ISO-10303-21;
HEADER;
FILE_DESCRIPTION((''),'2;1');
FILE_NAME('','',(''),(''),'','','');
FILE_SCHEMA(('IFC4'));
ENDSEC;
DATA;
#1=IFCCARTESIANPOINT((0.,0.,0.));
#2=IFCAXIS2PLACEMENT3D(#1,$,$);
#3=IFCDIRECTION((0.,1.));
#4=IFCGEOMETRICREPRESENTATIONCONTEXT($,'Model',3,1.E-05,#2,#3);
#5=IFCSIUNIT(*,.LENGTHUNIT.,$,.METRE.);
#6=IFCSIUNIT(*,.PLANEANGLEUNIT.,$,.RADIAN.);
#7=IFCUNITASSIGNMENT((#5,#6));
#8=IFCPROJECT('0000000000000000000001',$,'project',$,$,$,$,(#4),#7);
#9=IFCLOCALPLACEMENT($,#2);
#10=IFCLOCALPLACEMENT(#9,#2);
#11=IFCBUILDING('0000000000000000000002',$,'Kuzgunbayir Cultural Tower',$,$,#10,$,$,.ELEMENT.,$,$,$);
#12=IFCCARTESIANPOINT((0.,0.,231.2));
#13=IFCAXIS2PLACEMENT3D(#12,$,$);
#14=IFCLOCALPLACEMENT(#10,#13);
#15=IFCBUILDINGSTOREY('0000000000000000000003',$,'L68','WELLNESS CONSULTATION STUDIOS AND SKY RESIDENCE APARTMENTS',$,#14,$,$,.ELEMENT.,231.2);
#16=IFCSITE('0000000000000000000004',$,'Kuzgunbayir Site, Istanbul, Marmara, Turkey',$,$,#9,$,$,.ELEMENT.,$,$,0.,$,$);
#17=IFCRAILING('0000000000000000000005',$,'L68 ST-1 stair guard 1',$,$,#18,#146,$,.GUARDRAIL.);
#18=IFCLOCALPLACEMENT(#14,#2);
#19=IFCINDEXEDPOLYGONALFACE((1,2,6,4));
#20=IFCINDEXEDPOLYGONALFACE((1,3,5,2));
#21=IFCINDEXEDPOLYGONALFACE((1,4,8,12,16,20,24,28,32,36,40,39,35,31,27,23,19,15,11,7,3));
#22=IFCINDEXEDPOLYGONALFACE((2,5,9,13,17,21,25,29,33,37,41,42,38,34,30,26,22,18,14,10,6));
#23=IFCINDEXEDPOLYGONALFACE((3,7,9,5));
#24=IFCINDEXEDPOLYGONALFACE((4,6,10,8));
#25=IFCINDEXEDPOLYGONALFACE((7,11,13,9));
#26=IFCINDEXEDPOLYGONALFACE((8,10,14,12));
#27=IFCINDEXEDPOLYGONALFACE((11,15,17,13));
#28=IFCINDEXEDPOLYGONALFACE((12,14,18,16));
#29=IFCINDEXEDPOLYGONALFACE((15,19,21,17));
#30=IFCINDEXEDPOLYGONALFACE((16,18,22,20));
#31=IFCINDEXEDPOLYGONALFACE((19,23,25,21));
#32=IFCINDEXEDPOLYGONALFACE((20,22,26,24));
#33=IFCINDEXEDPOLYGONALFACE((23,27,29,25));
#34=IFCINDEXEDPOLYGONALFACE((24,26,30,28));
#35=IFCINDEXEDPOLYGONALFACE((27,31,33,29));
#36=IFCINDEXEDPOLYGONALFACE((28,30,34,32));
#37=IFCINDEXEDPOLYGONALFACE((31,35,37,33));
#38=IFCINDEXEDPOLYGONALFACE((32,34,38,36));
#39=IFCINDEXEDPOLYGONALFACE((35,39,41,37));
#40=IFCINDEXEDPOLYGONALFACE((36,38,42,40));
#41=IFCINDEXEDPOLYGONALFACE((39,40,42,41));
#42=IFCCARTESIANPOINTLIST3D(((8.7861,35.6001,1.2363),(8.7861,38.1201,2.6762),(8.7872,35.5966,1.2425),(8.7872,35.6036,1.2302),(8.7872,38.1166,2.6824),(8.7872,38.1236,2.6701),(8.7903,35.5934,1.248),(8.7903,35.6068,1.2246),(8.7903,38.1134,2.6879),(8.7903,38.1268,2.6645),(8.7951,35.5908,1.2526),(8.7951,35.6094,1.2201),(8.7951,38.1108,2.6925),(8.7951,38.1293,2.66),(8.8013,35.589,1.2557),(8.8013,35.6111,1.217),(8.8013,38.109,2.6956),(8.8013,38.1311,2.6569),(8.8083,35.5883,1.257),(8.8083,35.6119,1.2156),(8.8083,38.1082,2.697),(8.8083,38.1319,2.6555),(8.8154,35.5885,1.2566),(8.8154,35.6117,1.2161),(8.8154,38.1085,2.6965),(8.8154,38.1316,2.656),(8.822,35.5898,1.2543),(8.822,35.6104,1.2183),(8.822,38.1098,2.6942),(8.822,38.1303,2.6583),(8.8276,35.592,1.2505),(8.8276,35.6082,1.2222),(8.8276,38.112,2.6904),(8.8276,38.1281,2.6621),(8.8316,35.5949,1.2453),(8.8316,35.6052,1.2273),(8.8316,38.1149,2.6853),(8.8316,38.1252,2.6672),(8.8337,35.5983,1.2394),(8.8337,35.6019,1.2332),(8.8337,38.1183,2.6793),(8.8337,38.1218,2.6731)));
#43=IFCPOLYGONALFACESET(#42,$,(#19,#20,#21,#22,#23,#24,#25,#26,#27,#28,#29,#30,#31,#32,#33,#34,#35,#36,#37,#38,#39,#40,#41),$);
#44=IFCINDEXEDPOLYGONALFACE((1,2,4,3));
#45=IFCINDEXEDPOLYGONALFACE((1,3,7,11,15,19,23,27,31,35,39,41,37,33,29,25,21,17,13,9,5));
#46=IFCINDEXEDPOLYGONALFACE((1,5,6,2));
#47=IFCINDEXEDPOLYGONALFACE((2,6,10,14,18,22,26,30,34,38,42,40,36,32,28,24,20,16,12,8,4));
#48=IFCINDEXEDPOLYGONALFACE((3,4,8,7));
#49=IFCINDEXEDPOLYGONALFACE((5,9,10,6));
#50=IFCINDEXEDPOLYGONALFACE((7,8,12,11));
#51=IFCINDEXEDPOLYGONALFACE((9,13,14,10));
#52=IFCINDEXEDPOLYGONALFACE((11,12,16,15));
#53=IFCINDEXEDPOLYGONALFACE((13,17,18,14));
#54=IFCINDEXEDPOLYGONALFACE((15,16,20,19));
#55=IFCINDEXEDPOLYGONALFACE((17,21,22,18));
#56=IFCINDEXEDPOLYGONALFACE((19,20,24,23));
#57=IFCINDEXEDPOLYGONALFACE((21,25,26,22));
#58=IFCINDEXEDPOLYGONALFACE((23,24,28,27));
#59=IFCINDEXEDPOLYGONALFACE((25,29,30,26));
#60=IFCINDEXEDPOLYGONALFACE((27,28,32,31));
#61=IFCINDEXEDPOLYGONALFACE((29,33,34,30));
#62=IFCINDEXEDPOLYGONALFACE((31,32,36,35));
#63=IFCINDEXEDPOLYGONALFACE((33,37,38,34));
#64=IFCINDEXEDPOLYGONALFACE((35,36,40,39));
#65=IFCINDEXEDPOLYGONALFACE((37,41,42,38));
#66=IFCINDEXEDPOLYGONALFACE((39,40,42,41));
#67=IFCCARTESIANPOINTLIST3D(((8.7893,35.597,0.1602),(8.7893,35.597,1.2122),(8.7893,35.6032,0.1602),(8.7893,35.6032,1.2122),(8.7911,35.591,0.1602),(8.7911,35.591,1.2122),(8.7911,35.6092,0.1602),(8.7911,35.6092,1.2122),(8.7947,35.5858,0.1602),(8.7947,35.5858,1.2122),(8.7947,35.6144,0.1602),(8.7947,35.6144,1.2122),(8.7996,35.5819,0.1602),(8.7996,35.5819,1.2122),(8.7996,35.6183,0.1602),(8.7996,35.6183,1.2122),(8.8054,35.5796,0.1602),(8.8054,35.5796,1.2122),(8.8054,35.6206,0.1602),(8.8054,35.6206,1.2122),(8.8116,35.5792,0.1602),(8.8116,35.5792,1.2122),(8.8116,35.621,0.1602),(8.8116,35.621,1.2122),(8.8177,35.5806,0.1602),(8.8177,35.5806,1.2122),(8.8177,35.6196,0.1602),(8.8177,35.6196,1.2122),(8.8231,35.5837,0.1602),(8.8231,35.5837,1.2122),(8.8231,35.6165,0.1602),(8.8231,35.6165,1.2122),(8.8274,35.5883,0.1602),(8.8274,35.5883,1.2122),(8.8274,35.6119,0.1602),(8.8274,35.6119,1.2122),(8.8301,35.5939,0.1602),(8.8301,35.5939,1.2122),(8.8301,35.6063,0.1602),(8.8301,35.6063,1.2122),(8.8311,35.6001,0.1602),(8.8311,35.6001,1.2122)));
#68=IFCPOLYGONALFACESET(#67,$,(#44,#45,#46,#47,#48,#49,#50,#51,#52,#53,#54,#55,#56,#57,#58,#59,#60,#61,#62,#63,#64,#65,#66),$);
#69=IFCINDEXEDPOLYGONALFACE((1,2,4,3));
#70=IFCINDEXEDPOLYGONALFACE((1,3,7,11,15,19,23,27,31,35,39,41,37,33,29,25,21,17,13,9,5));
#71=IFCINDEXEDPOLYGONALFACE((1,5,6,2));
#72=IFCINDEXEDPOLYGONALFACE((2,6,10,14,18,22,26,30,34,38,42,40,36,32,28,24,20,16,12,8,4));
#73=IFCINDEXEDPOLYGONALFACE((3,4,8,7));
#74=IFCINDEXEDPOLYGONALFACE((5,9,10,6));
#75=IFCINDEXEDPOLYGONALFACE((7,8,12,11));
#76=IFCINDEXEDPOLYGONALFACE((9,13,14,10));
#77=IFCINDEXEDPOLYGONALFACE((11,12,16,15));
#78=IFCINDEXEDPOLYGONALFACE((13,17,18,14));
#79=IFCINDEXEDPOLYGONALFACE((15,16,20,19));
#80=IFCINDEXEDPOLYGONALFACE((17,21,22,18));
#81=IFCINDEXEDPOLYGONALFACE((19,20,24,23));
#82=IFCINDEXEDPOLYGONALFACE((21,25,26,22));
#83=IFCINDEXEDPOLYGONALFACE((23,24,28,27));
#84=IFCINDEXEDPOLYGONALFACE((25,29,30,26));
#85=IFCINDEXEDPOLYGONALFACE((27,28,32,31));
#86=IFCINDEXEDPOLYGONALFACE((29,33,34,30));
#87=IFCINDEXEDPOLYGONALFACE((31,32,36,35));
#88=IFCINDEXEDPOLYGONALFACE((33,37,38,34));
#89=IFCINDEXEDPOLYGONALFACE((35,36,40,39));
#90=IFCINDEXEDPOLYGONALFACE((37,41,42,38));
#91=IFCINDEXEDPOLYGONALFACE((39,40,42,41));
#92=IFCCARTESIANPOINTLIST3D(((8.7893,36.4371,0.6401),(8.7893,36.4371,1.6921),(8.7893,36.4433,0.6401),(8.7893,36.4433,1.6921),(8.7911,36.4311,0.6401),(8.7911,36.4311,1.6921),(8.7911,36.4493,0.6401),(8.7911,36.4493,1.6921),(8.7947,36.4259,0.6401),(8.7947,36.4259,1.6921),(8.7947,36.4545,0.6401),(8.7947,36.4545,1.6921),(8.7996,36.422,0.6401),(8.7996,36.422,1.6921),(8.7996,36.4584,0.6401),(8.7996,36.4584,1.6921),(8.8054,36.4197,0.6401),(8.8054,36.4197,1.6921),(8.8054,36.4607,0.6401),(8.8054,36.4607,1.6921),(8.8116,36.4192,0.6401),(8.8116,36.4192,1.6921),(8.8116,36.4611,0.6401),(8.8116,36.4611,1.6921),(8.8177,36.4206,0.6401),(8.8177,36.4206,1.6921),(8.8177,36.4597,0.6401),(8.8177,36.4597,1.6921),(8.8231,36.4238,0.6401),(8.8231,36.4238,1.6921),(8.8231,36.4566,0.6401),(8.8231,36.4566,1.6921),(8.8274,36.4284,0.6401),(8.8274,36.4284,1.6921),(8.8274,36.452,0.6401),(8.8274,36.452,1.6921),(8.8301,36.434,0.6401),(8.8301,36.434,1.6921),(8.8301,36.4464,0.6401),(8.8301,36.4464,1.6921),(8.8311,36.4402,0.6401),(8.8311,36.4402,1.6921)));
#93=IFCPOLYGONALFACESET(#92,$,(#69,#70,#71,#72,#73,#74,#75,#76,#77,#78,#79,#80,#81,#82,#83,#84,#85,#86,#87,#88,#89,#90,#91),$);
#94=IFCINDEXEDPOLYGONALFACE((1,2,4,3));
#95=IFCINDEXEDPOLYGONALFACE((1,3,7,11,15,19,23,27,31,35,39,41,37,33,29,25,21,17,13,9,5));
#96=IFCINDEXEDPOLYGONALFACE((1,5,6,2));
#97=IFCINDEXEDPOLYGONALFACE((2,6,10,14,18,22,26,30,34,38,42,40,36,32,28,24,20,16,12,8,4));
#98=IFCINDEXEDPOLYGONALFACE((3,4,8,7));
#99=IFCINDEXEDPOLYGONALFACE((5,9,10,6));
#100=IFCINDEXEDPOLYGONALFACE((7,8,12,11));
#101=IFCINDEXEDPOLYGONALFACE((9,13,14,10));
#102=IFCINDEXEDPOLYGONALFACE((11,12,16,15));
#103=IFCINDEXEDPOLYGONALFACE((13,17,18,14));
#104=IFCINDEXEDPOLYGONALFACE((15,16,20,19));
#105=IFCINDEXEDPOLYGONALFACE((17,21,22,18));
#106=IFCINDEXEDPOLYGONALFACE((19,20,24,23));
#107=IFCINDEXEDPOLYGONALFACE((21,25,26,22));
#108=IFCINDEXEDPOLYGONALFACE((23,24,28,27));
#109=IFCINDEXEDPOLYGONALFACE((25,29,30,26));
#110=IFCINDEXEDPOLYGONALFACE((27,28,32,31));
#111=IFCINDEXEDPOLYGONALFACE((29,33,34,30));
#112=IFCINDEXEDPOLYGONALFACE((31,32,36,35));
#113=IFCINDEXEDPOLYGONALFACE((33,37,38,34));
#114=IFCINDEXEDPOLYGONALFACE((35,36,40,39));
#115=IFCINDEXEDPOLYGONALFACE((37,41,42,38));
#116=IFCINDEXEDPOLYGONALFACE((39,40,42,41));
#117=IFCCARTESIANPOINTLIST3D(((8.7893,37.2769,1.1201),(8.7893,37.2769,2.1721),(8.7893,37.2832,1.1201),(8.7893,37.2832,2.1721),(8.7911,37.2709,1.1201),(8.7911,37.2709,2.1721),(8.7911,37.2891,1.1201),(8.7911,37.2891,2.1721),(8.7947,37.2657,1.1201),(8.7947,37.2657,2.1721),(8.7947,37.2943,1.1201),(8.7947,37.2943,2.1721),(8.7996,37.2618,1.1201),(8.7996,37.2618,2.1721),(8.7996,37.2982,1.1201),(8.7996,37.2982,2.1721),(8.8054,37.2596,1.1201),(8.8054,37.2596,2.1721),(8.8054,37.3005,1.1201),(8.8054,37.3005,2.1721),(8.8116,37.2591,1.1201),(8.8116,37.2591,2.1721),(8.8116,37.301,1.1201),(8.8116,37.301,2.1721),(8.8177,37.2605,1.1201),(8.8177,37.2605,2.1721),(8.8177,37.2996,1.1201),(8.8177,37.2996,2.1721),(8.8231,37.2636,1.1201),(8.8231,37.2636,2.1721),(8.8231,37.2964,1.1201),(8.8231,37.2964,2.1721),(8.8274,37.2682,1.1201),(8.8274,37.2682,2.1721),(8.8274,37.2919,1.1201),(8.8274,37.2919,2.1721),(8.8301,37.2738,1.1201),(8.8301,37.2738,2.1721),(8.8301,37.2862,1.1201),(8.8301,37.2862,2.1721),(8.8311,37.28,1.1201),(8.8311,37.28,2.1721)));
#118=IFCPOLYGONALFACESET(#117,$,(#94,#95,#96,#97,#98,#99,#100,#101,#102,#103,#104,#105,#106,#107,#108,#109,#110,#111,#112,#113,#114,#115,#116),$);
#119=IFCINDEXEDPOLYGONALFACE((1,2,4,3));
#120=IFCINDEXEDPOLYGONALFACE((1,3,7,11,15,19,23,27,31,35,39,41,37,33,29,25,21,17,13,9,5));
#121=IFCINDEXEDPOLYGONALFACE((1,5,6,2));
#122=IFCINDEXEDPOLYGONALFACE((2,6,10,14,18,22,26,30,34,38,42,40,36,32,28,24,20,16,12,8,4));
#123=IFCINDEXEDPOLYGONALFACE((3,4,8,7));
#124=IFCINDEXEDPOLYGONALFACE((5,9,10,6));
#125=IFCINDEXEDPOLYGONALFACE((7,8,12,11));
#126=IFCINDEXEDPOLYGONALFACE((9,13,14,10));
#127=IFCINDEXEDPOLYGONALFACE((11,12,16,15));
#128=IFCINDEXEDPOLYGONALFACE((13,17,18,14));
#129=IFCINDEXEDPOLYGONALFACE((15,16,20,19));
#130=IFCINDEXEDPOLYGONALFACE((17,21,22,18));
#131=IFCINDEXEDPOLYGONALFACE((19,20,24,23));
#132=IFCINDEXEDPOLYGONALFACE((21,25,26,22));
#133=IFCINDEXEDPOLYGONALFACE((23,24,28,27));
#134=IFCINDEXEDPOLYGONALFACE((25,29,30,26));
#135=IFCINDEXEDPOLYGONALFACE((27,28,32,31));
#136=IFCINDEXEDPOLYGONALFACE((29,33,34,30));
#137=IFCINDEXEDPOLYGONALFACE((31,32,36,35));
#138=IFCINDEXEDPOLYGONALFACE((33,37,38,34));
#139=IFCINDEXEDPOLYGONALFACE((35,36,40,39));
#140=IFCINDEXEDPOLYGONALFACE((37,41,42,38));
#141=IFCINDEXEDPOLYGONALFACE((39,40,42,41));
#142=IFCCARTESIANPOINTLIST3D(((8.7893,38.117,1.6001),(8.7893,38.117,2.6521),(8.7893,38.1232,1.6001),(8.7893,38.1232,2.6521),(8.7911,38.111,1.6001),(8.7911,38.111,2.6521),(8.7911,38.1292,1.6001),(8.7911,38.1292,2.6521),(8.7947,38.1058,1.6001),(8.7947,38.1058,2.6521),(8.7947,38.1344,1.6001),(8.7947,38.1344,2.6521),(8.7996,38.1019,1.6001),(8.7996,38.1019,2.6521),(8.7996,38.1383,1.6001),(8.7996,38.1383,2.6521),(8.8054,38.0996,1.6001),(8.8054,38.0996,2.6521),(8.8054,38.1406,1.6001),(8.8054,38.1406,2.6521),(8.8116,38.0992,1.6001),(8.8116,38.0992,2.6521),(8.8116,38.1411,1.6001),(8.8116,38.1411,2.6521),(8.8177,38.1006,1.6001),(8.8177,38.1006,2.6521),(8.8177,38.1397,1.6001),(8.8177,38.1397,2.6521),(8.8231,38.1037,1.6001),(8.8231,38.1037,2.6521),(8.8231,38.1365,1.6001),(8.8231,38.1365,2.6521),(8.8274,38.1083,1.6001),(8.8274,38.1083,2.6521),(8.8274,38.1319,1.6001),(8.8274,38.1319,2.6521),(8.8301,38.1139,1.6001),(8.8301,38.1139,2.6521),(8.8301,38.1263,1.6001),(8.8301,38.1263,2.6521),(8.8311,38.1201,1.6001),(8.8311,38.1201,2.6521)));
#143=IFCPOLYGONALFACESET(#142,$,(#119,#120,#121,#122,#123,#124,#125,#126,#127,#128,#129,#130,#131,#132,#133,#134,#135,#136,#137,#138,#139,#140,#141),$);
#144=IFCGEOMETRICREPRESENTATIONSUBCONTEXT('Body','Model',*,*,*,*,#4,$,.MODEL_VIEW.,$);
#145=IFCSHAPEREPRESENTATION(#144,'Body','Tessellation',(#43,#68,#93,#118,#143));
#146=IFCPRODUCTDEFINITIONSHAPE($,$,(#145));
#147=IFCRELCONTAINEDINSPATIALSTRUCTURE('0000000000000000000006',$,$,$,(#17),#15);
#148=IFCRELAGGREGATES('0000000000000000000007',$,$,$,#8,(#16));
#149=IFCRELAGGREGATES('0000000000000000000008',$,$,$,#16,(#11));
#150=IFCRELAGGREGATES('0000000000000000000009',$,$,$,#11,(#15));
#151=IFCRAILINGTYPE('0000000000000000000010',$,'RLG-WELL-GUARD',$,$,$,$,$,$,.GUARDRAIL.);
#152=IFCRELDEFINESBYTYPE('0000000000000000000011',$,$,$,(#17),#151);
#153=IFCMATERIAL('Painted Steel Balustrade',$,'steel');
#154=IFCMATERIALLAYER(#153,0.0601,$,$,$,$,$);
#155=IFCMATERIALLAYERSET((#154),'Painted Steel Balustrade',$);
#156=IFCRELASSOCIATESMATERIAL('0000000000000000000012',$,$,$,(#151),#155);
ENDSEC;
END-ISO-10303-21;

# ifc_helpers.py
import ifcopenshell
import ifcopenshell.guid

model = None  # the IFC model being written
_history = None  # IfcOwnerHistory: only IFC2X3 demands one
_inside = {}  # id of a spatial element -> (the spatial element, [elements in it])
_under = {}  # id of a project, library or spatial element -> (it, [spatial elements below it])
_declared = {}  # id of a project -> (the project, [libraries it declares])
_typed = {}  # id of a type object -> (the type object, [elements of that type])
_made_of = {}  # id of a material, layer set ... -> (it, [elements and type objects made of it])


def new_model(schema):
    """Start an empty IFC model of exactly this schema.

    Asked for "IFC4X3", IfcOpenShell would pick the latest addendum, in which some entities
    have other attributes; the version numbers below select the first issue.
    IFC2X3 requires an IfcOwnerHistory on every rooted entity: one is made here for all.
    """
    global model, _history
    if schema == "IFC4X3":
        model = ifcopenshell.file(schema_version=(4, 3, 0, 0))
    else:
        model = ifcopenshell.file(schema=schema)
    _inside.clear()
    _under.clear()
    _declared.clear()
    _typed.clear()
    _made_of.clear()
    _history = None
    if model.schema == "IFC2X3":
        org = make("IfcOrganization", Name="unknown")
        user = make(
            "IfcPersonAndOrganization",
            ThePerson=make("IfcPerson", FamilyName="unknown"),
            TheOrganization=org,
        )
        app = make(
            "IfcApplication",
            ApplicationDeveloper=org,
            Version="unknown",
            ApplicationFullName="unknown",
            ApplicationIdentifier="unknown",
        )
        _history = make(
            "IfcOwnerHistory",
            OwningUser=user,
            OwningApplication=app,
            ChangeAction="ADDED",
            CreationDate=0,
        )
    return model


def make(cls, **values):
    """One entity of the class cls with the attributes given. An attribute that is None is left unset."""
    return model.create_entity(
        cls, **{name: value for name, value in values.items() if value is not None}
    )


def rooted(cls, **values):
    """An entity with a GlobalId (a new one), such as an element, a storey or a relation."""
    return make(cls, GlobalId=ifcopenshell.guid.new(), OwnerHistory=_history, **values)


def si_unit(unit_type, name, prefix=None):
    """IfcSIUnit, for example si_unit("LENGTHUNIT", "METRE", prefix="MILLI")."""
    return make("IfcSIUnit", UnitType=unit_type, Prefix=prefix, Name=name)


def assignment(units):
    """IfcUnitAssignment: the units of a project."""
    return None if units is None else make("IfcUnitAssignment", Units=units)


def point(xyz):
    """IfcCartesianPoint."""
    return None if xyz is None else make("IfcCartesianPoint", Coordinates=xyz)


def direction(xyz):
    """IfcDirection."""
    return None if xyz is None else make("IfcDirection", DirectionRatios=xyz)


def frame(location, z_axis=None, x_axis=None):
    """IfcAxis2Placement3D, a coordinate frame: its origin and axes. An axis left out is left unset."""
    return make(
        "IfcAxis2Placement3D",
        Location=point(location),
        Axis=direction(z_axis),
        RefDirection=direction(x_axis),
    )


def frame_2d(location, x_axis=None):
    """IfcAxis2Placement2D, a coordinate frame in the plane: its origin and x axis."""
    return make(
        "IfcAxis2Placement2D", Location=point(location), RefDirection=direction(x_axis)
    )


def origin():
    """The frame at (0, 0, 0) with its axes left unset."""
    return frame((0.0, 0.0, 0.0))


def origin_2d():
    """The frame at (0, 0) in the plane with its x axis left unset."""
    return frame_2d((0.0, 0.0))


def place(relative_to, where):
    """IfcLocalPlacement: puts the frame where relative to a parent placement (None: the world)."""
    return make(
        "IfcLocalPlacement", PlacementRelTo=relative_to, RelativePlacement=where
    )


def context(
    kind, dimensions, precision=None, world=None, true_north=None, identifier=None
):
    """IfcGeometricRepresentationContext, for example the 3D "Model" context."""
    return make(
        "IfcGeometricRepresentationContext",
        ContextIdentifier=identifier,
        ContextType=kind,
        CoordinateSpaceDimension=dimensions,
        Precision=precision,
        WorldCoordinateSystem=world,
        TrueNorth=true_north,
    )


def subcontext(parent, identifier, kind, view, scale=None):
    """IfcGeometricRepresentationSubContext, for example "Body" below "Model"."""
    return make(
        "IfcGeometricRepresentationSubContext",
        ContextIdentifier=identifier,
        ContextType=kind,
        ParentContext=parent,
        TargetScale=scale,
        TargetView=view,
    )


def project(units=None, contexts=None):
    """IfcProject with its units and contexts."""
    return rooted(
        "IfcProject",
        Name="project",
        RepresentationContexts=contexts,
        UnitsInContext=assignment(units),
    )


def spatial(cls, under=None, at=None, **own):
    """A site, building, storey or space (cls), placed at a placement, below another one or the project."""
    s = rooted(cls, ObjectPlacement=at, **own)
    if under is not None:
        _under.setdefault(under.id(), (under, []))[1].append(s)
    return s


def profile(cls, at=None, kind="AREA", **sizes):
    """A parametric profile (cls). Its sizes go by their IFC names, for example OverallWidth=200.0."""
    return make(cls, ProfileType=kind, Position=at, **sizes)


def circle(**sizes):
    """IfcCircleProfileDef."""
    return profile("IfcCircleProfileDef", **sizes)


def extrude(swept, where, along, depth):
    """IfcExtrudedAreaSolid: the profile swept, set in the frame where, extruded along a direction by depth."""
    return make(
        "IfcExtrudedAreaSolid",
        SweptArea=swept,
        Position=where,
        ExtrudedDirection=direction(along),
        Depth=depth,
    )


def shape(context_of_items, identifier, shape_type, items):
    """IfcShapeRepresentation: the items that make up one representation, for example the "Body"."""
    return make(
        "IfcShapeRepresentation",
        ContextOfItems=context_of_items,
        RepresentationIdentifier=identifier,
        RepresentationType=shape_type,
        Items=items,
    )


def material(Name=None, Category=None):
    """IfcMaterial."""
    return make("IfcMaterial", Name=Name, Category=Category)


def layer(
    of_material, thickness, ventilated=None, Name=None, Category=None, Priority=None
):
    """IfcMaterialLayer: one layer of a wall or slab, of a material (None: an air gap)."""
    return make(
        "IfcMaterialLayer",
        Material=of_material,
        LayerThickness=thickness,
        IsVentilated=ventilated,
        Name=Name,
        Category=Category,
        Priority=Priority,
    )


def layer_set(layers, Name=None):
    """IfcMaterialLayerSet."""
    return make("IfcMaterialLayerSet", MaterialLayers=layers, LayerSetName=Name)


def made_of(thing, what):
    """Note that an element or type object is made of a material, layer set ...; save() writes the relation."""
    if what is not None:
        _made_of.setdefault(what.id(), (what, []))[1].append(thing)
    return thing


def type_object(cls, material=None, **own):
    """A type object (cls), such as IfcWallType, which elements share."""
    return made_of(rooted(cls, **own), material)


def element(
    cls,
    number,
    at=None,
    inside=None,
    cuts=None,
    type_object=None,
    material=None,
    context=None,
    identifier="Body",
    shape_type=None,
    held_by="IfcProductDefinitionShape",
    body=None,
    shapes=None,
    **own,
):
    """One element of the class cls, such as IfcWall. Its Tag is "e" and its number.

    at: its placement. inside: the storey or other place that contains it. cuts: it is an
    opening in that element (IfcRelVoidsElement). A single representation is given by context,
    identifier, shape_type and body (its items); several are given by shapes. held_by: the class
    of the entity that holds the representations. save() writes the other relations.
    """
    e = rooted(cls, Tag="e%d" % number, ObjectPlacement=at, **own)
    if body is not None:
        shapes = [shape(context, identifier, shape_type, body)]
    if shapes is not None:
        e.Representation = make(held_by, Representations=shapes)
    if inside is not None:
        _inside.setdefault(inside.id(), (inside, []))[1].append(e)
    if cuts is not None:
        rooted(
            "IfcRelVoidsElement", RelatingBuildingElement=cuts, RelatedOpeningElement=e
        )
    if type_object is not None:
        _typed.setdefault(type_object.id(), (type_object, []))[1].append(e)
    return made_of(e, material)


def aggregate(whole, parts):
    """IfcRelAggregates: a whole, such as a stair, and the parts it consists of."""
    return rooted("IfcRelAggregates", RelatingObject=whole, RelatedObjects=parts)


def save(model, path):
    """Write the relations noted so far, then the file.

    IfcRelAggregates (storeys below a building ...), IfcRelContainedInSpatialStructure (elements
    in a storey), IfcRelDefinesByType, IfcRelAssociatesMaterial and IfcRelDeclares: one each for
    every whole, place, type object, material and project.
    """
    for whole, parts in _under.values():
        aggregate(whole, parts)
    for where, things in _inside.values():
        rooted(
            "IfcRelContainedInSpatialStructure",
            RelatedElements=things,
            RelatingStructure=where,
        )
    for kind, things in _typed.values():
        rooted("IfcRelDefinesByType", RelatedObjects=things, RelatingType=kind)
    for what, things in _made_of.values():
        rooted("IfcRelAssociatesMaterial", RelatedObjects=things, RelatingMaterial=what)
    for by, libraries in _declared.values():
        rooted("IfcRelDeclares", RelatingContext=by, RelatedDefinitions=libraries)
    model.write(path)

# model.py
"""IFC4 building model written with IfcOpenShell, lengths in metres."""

from ifc_helpers import new_model, si_unit, direction, frame, origin, origin_2d, place, context, subcontext, project, spatial, circle, extrude, material, layer, layer_set, type_object, element, save


model = new_model("IFC4")

# Units and contexts
model_context = context("Model", 3, precision=1e-05, world=origin(), true_north=direction((0.0, 1.0)))
body_context = subcontext(model_context, "Body", "Model", "MODEL_VIEW")
ifc_project = project(units=[si_unit("LENGTHUNIT", "METRE"), si_unit("PLANEANGLEUNIT", "RADIAN")], contexts=[model_context])

# Site, building, storey
site_placement = place(None, origin())
site = spatial("IfcSite", under=ifc_project, at=site_placement, Name="Kuzgunbayir Site, Istanbul, Marmara, Turkey", CompositionType="ELEMENT", RefElevation=0.0)
building_placement = place(site_placement, origin())
building = spatial("IfcBuilding", under=site, at=building_placement, Name="Kuzgunbayir Cultural Tower", CompositionType="ELEMENT")
storey_placement = place(building_placement, frame((0.0, 0.0, 231.2)))
storey = spatial("IfcBuildingStorey", under=building, at=storey_placement, Name="L68", Description="WELLNESS CONSULTATION STUDIOS AND SKY RESIDENCE APARTMENTS", CompositionType="ELEMENT", Elevation=231.2)

# Railing
ifc_material_1 = material(Name="Painted Steel Balustrade", Category="steel")
ifc_layer_1 = layer(ifc_material_1, 0.0601)
ifc_layer_set_1 = layer_set([ifc_layer_1], Name="Painted Steel Balustrade")
railing_type_1 = type_object("IfcRailingType", Name="RLG-WELL-GUARD", PredefinedType="GUARDRAIL", material=ifc_layer_set_1)
railing_1_placement = place(storey_placement, frame((8.8101, 35.6001, 0.1602)))
element("IfcRailing", 1, at=railing_1_placement, inside=storey, type_object=railing_type_1, Name="L68 ST-1 stair guard 1", PredefinedType="GUARDRAIL", context=body_context, shape_type="SweptSolid", body=[
    extrude(circle(Radius=0.0239, at=origin_2d()), frame((0.0, 0.0, 1.0762), z_axis=(0.0, 0.868253, 0.496121), x_axis=(-1.0, 0.0, 0.0)), (0.0, 0.0, 1.0), 2.9023),
    extrude(circle(Radius=0.021, at=origin_2d()), origin(), (0.0, 0.0, 1.0), 1.052),
    extrude(circle(Radius=0.021, at=origin_2d()), frame((0.0, 0.8401, 0.48)), (0.0, 0.0, 1.0), 1.052),
    extrude(circle(Radius=0.021, at=origin_2d()), frame((0.0, 1.6799, 0.96)), (0.0, 0.0, 1.0), 1.052),
    extrude(circle(Radius=0.021, at=origin_2d()), frame((0.0, 2.52, 1.4399)), (0.0, 0.0, 1.0), 1.052),
])

save(model, "model.ifc")
